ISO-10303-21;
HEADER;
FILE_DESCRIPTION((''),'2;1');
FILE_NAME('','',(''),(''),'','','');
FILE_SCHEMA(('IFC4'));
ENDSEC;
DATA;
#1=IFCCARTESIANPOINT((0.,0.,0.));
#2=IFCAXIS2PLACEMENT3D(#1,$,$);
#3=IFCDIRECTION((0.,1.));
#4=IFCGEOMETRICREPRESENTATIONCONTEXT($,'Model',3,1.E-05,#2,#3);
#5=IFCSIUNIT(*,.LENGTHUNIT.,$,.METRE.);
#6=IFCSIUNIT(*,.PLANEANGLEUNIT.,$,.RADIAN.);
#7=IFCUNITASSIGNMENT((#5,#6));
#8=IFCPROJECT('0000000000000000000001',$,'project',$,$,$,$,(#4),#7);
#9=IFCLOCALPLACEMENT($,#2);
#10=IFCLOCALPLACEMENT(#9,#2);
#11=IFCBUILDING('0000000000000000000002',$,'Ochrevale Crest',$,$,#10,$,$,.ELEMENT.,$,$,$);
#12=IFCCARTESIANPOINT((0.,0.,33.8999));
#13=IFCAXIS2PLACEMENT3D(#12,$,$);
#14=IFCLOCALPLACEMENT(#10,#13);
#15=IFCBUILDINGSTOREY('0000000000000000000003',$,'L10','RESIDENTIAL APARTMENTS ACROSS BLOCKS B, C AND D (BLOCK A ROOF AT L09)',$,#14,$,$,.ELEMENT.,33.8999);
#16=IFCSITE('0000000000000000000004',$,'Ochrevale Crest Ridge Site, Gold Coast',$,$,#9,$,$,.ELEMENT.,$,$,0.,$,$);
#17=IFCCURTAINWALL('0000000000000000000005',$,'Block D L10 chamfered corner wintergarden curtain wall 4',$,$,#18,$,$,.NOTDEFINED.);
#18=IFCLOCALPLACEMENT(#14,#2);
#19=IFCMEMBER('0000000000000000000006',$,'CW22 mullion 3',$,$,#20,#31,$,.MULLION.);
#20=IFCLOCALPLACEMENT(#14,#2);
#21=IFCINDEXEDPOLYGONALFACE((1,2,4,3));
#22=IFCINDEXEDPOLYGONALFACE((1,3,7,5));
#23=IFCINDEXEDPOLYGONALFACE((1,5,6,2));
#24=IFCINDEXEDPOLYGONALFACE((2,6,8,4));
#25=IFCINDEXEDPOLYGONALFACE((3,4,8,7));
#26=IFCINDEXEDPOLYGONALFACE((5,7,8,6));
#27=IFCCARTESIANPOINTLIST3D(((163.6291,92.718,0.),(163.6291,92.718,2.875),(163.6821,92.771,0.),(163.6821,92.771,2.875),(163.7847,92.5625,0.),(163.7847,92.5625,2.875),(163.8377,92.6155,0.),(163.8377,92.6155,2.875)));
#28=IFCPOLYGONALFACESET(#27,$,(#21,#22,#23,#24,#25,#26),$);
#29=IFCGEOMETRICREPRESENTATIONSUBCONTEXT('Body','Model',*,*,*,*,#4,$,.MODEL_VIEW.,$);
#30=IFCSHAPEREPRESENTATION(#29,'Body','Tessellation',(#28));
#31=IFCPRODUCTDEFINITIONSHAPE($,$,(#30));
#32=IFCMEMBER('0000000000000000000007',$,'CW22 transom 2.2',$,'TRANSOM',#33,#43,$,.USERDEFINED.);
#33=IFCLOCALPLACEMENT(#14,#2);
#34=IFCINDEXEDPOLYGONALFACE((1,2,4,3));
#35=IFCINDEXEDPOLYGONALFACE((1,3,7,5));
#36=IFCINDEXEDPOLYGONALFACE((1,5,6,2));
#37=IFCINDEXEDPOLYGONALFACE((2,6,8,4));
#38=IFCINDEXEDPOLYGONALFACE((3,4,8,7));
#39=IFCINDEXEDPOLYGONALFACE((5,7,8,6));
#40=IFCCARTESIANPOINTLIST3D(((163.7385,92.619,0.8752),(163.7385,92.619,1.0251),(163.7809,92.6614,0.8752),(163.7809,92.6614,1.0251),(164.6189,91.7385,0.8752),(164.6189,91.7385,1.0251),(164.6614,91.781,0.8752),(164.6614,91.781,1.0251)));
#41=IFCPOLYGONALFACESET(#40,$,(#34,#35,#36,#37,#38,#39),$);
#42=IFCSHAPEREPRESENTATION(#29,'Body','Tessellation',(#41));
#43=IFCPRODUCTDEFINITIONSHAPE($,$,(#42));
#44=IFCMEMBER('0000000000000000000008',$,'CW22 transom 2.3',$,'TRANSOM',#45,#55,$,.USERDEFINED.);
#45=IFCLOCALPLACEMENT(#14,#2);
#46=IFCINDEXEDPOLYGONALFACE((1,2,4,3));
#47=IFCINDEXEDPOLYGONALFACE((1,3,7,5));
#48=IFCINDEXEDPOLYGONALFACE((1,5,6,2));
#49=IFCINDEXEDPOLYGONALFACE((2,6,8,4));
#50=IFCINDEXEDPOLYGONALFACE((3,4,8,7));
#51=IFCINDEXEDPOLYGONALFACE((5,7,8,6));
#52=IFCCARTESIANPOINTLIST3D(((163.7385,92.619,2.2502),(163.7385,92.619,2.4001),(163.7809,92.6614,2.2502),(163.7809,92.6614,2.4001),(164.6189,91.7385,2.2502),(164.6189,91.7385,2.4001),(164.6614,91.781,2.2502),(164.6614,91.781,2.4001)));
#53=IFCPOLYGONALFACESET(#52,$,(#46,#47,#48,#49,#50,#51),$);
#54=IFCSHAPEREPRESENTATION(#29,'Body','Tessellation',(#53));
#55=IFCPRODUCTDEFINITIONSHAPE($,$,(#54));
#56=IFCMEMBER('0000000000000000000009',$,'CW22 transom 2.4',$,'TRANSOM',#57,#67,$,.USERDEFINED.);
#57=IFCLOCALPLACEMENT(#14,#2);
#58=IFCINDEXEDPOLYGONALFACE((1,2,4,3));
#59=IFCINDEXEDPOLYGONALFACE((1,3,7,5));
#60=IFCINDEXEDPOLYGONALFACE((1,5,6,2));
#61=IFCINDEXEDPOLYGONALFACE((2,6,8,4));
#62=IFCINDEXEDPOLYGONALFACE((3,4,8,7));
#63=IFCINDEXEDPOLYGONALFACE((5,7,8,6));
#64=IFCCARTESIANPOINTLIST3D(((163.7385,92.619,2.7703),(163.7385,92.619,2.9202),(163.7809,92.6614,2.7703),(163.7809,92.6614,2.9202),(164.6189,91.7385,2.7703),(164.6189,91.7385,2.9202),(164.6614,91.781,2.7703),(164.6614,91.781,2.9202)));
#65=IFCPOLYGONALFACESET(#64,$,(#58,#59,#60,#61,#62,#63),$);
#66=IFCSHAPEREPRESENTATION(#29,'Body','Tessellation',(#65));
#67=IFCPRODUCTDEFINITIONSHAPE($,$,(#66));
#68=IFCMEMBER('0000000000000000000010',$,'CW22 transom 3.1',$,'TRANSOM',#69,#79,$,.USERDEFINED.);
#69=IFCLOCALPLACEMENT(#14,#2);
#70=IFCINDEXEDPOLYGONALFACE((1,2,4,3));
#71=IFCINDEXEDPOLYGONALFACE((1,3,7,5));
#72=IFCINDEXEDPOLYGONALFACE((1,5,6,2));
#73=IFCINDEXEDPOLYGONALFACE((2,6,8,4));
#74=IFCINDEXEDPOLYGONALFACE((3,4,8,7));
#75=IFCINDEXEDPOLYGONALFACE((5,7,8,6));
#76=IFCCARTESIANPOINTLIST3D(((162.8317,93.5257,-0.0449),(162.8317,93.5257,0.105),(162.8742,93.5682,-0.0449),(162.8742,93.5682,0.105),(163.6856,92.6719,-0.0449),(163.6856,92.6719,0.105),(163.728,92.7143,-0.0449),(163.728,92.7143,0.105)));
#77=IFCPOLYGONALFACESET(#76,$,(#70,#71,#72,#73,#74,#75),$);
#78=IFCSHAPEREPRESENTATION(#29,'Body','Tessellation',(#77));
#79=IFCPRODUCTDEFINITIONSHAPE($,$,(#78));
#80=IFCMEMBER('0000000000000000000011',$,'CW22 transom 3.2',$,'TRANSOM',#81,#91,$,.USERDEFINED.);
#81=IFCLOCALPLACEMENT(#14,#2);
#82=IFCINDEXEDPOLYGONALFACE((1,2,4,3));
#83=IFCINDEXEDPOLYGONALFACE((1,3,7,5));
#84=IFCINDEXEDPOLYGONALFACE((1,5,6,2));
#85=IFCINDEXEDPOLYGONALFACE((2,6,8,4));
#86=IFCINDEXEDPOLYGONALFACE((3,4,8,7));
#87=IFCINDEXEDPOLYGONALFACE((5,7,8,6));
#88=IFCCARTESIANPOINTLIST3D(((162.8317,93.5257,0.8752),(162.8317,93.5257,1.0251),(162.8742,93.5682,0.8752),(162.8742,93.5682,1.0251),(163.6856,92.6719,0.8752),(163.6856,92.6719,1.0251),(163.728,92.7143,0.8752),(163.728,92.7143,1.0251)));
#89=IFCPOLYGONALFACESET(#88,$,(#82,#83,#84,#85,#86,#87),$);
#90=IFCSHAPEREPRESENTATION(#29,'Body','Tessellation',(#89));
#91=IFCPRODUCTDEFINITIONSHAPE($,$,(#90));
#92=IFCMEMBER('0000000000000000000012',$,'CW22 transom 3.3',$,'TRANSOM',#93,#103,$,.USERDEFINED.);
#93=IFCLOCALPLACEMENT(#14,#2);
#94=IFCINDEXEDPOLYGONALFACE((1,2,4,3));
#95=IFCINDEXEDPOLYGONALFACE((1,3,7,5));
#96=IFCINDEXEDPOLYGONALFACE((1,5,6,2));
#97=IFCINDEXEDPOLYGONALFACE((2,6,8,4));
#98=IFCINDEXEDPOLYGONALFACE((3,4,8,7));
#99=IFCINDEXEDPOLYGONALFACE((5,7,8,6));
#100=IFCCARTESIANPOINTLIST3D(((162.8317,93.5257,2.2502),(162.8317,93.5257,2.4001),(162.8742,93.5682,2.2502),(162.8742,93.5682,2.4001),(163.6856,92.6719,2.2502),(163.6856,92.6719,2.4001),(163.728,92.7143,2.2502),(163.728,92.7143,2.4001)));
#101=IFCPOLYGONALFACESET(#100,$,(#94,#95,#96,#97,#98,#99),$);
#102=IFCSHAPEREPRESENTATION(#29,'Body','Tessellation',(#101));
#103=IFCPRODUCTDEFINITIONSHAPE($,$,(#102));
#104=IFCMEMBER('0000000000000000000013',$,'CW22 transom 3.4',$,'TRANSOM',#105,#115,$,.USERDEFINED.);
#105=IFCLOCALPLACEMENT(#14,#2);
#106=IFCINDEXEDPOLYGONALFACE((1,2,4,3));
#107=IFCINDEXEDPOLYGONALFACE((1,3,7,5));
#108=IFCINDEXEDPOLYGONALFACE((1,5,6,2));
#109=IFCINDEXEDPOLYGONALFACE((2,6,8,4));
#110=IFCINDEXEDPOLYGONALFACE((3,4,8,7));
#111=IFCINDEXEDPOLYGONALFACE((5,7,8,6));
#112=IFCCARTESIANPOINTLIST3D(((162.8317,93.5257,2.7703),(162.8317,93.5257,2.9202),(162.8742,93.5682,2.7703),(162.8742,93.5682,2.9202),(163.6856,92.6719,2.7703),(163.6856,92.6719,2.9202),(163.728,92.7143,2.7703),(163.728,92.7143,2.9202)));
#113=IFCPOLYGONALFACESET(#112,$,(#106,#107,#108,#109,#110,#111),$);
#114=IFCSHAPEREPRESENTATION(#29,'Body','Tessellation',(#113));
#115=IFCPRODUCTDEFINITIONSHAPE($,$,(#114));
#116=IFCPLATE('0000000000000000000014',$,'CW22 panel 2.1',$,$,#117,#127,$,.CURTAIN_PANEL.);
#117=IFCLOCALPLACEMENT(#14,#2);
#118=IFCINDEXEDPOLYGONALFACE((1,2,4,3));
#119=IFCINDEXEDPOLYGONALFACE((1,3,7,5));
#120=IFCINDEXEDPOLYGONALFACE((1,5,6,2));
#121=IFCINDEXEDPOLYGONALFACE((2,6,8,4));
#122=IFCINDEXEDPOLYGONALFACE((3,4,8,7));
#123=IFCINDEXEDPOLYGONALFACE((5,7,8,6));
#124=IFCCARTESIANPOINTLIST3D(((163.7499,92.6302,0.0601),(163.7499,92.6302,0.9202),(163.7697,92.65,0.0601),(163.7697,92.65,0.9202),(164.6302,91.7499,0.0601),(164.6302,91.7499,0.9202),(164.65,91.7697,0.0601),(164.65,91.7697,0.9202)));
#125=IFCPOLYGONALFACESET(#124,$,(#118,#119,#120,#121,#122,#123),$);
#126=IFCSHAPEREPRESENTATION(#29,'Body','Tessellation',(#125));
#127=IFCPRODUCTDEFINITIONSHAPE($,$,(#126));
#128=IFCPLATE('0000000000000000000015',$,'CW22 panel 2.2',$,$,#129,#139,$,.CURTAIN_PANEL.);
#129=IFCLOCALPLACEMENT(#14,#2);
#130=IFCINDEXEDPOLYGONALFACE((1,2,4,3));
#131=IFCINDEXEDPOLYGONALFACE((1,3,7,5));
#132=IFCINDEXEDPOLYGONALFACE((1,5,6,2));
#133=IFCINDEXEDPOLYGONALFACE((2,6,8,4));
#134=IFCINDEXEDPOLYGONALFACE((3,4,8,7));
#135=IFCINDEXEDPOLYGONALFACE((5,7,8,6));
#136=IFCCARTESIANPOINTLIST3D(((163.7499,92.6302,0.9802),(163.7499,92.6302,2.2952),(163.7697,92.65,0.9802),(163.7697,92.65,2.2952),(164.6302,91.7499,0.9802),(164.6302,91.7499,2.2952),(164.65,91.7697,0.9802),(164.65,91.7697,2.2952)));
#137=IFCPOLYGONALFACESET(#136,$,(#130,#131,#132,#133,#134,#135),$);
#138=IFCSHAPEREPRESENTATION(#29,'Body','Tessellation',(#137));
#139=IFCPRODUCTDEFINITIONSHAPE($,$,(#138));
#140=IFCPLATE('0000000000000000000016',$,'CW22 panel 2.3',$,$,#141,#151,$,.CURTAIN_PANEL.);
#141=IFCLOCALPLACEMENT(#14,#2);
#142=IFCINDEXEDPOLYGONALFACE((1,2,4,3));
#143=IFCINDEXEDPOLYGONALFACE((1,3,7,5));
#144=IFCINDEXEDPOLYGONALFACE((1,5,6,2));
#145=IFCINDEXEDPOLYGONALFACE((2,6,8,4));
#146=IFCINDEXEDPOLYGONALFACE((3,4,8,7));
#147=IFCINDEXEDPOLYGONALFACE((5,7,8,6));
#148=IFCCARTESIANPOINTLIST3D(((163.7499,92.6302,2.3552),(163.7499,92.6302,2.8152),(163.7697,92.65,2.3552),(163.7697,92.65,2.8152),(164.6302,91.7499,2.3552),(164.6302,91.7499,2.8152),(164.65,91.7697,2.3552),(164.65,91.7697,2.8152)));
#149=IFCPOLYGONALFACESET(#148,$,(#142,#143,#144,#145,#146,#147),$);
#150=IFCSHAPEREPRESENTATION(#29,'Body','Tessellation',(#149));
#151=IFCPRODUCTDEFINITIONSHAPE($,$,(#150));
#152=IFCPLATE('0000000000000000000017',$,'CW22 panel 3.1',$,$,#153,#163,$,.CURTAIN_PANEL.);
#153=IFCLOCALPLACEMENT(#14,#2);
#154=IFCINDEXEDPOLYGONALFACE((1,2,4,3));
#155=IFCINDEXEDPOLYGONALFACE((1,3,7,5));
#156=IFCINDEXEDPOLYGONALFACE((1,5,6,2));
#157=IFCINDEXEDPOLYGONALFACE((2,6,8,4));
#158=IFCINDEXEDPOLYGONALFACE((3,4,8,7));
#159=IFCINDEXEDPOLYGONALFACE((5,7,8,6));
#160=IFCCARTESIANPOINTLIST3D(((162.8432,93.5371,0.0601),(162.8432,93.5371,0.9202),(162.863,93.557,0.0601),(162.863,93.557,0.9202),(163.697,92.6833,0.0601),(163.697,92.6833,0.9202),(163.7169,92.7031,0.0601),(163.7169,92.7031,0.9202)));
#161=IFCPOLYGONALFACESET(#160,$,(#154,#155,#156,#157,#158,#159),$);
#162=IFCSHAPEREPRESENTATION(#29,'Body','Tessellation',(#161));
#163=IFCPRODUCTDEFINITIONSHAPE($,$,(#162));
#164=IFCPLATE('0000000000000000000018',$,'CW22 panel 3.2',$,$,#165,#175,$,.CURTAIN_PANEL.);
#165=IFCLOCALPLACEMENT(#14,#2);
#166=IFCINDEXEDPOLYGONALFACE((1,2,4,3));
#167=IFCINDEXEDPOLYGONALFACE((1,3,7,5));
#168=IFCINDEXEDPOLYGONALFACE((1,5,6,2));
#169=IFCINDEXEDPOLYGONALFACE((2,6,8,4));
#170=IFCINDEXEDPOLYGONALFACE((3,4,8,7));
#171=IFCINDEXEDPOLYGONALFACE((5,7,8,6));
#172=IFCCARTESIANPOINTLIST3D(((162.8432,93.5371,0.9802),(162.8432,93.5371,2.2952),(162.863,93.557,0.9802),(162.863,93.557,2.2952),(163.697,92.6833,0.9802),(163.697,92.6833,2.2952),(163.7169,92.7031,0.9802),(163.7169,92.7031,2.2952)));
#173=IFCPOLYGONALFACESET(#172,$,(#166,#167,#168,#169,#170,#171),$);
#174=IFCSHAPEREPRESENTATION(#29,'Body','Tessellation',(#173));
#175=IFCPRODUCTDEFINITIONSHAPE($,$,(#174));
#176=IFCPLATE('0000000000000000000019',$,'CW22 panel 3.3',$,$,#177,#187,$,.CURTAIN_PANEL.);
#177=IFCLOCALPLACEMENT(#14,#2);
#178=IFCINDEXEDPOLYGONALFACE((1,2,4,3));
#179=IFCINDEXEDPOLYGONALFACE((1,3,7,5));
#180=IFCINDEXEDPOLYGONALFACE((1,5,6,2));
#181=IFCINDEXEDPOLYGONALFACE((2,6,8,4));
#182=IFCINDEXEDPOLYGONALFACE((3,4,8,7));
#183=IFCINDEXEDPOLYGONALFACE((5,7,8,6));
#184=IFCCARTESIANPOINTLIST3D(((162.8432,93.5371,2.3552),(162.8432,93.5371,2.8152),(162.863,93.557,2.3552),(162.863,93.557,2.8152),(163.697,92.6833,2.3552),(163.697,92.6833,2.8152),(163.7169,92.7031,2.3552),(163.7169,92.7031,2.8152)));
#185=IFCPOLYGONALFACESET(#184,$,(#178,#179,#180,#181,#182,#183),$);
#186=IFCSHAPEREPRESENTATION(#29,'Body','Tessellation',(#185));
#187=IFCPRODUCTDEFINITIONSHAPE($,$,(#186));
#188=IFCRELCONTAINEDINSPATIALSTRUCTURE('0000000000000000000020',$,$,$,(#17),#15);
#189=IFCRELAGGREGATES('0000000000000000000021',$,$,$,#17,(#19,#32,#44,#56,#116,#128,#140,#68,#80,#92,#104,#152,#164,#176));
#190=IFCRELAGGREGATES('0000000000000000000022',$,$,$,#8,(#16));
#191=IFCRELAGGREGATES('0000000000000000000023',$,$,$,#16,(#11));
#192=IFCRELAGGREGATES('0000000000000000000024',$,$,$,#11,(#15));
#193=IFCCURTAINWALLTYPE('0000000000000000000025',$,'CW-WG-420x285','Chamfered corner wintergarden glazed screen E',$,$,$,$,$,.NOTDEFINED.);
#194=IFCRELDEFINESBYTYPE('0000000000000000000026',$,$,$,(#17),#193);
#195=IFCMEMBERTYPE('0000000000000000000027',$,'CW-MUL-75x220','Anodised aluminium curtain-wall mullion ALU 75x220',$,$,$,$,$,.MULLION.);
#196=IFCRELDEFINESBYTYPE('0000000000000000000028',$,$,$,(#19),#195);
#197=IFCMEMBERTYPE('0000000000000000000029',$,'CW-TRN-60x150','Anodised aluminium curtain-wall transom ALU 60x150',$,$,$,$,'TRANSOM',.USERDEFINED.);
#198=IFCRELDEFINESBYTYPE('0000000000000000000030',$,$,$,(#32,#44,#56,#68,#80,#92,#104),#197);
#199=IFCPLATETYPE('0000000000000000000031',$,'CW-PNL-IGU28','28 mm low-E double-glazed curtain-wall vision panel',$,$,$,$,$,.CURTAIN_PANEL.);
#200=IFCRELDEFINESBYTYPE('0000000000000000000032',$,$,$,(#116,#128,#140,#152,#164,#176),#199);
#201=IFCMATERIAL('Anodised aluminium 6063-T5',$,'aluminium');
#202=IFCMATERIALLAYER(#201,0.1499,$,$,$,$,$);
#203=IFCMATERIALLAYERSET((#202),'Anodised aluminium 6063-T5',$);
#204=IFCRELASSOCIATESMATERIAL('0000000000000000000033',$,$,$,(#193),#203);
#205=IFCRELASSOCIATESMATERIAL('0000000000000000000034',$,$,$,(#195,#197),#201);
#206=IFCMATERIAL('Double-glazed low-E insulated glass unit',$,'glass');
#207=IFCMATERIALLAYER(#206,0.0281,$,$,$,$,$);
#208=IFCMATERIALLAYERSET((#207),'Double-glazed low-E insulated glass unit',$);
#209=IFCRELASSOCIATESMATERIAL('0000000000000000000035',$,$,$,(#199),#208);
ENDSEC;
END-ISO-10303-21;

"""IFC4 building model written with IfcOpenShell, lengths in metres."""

from ifc_helpers import new_model, si_unit, direction, frame, origin, origin_2d, place, context, subcontext, project, spatial, rectangle, extrude, material, layer, layer_set, material_profile, profile_set, type_object, element, aggregate, save


model = new_model("IFC4")

# Units and contexts
model_context = context("Model", 3, precision=1e-05, world=origin(), true_north=direction((0.0, 1.0)))
body_context = subcontext(model_context, "Body", "Model", "MODEL_VIEW")
ifc_project = project(units=[si_unit("LENGTHUNIT", "METRE"), si_unit("PLANEANGLEUNIT", "RADIAN")], contexts=[model_context])

# Site, building, storey
site_placement = place(None, origin())
site = spatial("IfcSite", under=ifc_project, at=site_placement, Name="Ochrevale Crest Ridge Site, Gold Coast", CompositionType="ELEMENT", RefElevation=0.0)
building_placement = place(site_placement, origin())
building = spatial("IfcBuilding", under=site, at=building_placement, Name="Ochrevale Crest", CompositionType="ELEMENT")
storey_placement = place(building_placement, frame((0.0, 0.0, 33.8999)))
storey = spatial("IfcBuildingStorey", under=building, at=storey_placement, Name="L10", Description="RESIDENTIAL APARTMENTS ACROSS BLOCKS B, C AND D (BLOCK A ROOF AT L09)", CompositionType="ELEMENT", Elevation=33.8999)

# Curtain wall, members, plates
ifc_material_1 = material(Name="Anodised aluminium 6063-T5", Category="aluminium")
ifc_layer_1 = layer(ifc_material_1, 0.1499)
ifc_layer_set_1 = layer_set([ifc_layer_1], Name="Anodised aluminium 6063-T5")
curtain_wall_type = type_object("IfcCurtainWallType", Name="CW-WG-420x285", Description="Chamfered corner wintergarden glazed screen E", PredefinedType="NOTDEFINED", material=ifc_layer_set_1)
curtain_wall_placement = place(storey_placement, origin())
curtain_wall = element("IfcCurtainWall", 1, at=curtain_wall_placement, inside=storey, type_object=curtain_wall_type, Name="Block D L10 chamfered corner wintergarden curtain wall 4", PredefinedType="NOTDEFINED")
ifc_material_profile_1 = material_profile(ifc_material_1, rectangle(XDim=0.075, YDim=0.22, at=origin_2d()), Name="ALU 75x220")
ifc_profile_set_1 = profile_set([ifc_material_profile_1], Name="Anodised aluminium 6063-T5")
member_type_1 = type_object("IfcMemberType", Name="CW-MUL-75x220", Description="Anodised aluminium curtain-wall mullion ALU 75x220", PredefinedType="MULLION", material=ifc_profile_set_1)
member_1_placement = place(storey_placement, frame((163.7334, 92.6667, 0.0), z_axis=(0.0, 0.0, 1.0), x_axis=(-0.707107, -0.707107, 0.0)))
member_1 = element("IfcMember", 2, at=member_1_placement, type_object=member_type_1, Name="CW22 mullion 3", PredefinedType="MULLION", context=body_context, shape_type="SweptSolid", body=[
    extrude(rectangle(XDim=0.075, YDim=0.22, at=origin_2d()), origin(), (0.0, 0.0, 1.0), 2.875),
])
ifc_material_profile_2 = material_profile(ifc_material_1, rectangle(XDim=0.0601, YDim=0.1499, at=origin_2d()), Name="ALU 60x150")
ifc_profile_set_2 = profile_set([ifc_material_profile_2], Name="Anodised aluminium 6063-T5")
member_type_2 = type_object("IfcMemberType", Name="CW-TRN-60x150", Description="Anodised aluminium curtain-wall transom ALU 60x150", ElementType="TRANSOM", PredefinedType="USERDEFINED", material=ifc_profile_set_2)
member_2_placement = place(storey_placement, frame((164.6401, 91.7598, 0.9502), z_axis=(-0.707107, 0.707107, 0.0), x_axis=(-0.707107, -0.707107, 0.0)))
member_2 = element("IfcMember", 3, at=member_2_placement, type_object=member_type_2, Name="CW22 transom 2.2", ObjectType="TRANSOM", PredefinedType="USERDEFINED", context=body_context, shape_type="SweptSolid", body=[
    extrude(rectangle(XDim=0.0601, YDim=0.1499, at=origin_2d()), origin(), (0.0, 0.0, 1.0), 1.2451),
])
member_3_placement = place(storey_placement, frame((164.6401, 91.7598, 2.3252), z_axis=(-0.707107, 0.707107, 0.0), x_axis=(-0.707107, -0.707107, 0.0)))
member_3 = element("IfcMember", 4, at=member_3_placement, type_object=member_type_2, Name="CW22 transom 2.3", ObjectType="TRANSOM", PredefinedType="USERDEFINED", context=body_context, shape_type="SweptSolid", body=[
    extrude(rectangle(XDim=0.0601, YDim=0.1499, at=origin_2d()), origin(), (0.0, 0.0, 1.0), 1.2451),
])
member_4_placement = place(storey_placement, frame((164.6401, 91.7598, 2.8452), z_axis=(-0.707107, 0.707107, 0.0), x_axis=(-0.707107, -0.707107, 0.0)))
member_4 = element("IfcMember", 5, at=member_4_placement, type_object=member_type_2, Name="CW22 transom 2.4", ObjectType="TRANSOM", PredefinedType="USERDEFINED", context=body_context, shape_type="SweptSolid", body=[
    extrude(rectangle(XDim=0.0601, YDim=0.1499, at=origin_2d()), origin(), (0.0, 0.0, 1.0), 1.2451),
])
member_5_placement = place(storey_placement, frame((163.7068, 92.6931, 0.03), z_axis=(-0.707107, 0.707107, 0.0), x_axis=(-0.707107, -0.707107, 0.0)))
member_5 = element("IfcMember", 6, at=member_5_placement, type_object=member_type_2, Name="CW22 transom 3.1", ObjectType="TRANSOM", PredefinedType="USERDEFINED", context=body_context, shape_type="SweptSolid", body=[
    extrude(rectangle(XDim=0.0601, YDim=0.1499, at=origin_2d()), origin(), (0.0, 0.0, 1.0), 1.2075),
])
member_6_placement = place(storey_placement, frame((163.7068, 92.6931, 0.9502), z_axis=(-0.707107, 0.707107, 0.0), x_axis=(-0.707107, -0.707107, 0.0)))
member_6 = element("IfcMember", 7, at=member_6_placement, type_object=member_type_2, Name="CW22 transom 3.2", ObjectType="TRANSOM", PredefinedType="USERDEFINED", context=body_context, shape_type="SweptSolid", body=[
    extrude(rectangle(XDim=0.0601, YDim=0.1499, at=origin_2d()), origin(), (0.0, 0.0, 1.0), 1.2075),
])
member_7_placement = place(storey_placement, frame((163.7068, 92.6931, 2.3252), z_axis=(-0.707107, 0.707107, 0.0), x_axis=(-0.707107, -0.707107, 0.0)))
member_7 = element("IfcMember", 8, at=member_7_placement, type_object=member_type_2, Name="CW22 transom 3.3", ObjectType="TRANSOM", PredefinedType="USERDEFINED", context=body_context, shape_type="SweptSolid", body=[
    extrude(rectangle(XDim=0.0601, YDim=0.1499, at=origin_2d()), origin(), (0.0, 0.0, 1.0), 1.2075),
])
member_8_placement = place(storey_placement, frame((163.7068, 92.6931, 2.8452), z_axis=(-0.707107, 0.707107, 0.0), x_axis=(-0.707107, -0.707107, 0.0)))
member_8 = element("IfcMember", 9, at=member_8_placement, type_object=member_type_2, Name="CW22 transom 3.4", ObjectType="TRANSOM", PredefinedType="USERDEFINED", context=body_context, shape_type="SweptSolid", body=[
    extrude(rectangle(XDim=0.0601, YDim=0.1499, at=origin_2d()), origin(), (0.0, 0.0, 1.0), 1.2075),
])
ifc_material_2 = material(Name="Double-glazed low-E insulated glass unit", Category="glass")
ifc_layer_2 = layer(ifc_material_2, 0.0281)
ifc_layer_set_2 = layer_set([ifc_layer_2], Name="Double-glazed low-E insulated glass unit")
plate_type = type_object("IfcPlateType", Name="CW-PNL-IGU28", Description="28 mm low-E double-glazed curtain-wall vision panel", PredefinedType="CURTAIN_PANEL", material=ifc_layer_set_2)
plate_1_placement = place(storey_placement, frame((164.2, 92.2, 0.0601), z_axis=(0.0, 0.0, 1.0), x_axis=(-0.707107, 0.707107, 0.0)))
plate_1 = element("IfcPlate", 10, at=plate_1_placement, type_object=plate_type, Name="CW22 panel 2.1", PredefinedType="CURTAIN_PANEL", context=body_context, shape_type="SweptSolid", body=[
    extrude(rectangle(XDim=1.2449, YDim=0.0281, at=origin_2d()), origin(), (0.0, 0.0, 1.0), 0.8601),
])
plate_2_placement = place(storey_placement, frame((164.2, 92.2, 0.9802), z_axis=(0.0, 0.0, 1.0), x_axis=(-0.707107, 0.707107, 0.0)))
plate_2 = element("IfcPlate", 11, at=plate_2_placement, type_object=plate_type, Name="CW22 panel 2.2", PredefinedType="CURTAIN_PANEL", context=body_context, shape_type="SweptSolid", body=[
    extrude(rectangle(XDim=1.2449, YDim=0.0281, at=origin_2d()), origin(), (0.0, 0.0, 1.0), 1.3149),
])
plate_3_placement = place(storey_placement, frame((164.2, 92.2, 2.3552), z_axis=(0.0, 0.0, 1.0), x_axis=(-0.707107, 0.707107, 0.0)))
plate_3 = element("IfcPlate", 12, at=plate_3_placement, type_object=plate_type, Name="CW22 panel 2.3", PredefinedType="CURTAIN_PANEL", context=body_context, shape_type="SweptSolid", body=[
    extrude(rectangle(XDim=1.2449, YDim=0.0281, at=origin_2d()), origin(), (0.0, 0.0, 1.0), 0.46),
])
plate_4_placement = place(storey_placement, frame((163.28, 93.1201, 0.0601), z_axis=(0.0, 0.0, 1.0), x_axis=(-0.707107, 0.707107, 0.0)))
plate_4 = element("IfcPlate", 13, at=plate_4_placement, type_object=plate_type, Name="CW22 panel 3.1", PredefinedType="CURTAIN_PANEL", context=body_context, shape_type="SweptSolid", body=[
    extrude(rectangle(XDim=1.2075, YDim=0.0281, at=origin_2d()), origin(), (0.0, 0.0, 1.0), 0.8601),
])
plate_5_placement = place(storey_placement, frame((163.28, 93.1201, 0.9802), z_axis=(0.0, 0.0, 1.0), x_axis=(-0.707107, 0.707107, 0.0)))
plate_5 = element("IfcPlate", 14, at=plate_5_placement, type_object=plate_type, Name="CW22 panel 3.2", PredefinedType="CURTAIN_PANEL", context=body_context, shape_type="SweptSolid", body=[
    extrude(rectangle(XDim=1.2075, YDim=0.0281, at=origin_2d()), origin(), (0.0, 0.0, 1.0), 1.3149),
])
plate_6_placement = place(storey_placement, frame((163.28, 93.1201, 2.3552), z_axis=(0.0, 0.0, 1.0), x_axis=(-0.707107, 0.707107, 0.0)))
plate_6 = element("IfcPlate", 15, at=plate_6_placement, type_object=plate_type, Name="CW22 panel 3.3", PredefinedType="CURTAIN_PANEL", context=body_context, shape_type="SweptSolid", body=[
    extrude(rectangle(XDim=1.2075, YDim=0.0281, at=origin_2d()), origin(), (0.0, 0.0, 1.0), 0.46),
])
aggregate(curtain_wall, [member_1, member_2, member_3, member_4, plate_1, plate_2, plate_3, member_5, member_6, member_7, member_8, plate_4, plate_5, plate_6])

save(model, "model.ifc")
